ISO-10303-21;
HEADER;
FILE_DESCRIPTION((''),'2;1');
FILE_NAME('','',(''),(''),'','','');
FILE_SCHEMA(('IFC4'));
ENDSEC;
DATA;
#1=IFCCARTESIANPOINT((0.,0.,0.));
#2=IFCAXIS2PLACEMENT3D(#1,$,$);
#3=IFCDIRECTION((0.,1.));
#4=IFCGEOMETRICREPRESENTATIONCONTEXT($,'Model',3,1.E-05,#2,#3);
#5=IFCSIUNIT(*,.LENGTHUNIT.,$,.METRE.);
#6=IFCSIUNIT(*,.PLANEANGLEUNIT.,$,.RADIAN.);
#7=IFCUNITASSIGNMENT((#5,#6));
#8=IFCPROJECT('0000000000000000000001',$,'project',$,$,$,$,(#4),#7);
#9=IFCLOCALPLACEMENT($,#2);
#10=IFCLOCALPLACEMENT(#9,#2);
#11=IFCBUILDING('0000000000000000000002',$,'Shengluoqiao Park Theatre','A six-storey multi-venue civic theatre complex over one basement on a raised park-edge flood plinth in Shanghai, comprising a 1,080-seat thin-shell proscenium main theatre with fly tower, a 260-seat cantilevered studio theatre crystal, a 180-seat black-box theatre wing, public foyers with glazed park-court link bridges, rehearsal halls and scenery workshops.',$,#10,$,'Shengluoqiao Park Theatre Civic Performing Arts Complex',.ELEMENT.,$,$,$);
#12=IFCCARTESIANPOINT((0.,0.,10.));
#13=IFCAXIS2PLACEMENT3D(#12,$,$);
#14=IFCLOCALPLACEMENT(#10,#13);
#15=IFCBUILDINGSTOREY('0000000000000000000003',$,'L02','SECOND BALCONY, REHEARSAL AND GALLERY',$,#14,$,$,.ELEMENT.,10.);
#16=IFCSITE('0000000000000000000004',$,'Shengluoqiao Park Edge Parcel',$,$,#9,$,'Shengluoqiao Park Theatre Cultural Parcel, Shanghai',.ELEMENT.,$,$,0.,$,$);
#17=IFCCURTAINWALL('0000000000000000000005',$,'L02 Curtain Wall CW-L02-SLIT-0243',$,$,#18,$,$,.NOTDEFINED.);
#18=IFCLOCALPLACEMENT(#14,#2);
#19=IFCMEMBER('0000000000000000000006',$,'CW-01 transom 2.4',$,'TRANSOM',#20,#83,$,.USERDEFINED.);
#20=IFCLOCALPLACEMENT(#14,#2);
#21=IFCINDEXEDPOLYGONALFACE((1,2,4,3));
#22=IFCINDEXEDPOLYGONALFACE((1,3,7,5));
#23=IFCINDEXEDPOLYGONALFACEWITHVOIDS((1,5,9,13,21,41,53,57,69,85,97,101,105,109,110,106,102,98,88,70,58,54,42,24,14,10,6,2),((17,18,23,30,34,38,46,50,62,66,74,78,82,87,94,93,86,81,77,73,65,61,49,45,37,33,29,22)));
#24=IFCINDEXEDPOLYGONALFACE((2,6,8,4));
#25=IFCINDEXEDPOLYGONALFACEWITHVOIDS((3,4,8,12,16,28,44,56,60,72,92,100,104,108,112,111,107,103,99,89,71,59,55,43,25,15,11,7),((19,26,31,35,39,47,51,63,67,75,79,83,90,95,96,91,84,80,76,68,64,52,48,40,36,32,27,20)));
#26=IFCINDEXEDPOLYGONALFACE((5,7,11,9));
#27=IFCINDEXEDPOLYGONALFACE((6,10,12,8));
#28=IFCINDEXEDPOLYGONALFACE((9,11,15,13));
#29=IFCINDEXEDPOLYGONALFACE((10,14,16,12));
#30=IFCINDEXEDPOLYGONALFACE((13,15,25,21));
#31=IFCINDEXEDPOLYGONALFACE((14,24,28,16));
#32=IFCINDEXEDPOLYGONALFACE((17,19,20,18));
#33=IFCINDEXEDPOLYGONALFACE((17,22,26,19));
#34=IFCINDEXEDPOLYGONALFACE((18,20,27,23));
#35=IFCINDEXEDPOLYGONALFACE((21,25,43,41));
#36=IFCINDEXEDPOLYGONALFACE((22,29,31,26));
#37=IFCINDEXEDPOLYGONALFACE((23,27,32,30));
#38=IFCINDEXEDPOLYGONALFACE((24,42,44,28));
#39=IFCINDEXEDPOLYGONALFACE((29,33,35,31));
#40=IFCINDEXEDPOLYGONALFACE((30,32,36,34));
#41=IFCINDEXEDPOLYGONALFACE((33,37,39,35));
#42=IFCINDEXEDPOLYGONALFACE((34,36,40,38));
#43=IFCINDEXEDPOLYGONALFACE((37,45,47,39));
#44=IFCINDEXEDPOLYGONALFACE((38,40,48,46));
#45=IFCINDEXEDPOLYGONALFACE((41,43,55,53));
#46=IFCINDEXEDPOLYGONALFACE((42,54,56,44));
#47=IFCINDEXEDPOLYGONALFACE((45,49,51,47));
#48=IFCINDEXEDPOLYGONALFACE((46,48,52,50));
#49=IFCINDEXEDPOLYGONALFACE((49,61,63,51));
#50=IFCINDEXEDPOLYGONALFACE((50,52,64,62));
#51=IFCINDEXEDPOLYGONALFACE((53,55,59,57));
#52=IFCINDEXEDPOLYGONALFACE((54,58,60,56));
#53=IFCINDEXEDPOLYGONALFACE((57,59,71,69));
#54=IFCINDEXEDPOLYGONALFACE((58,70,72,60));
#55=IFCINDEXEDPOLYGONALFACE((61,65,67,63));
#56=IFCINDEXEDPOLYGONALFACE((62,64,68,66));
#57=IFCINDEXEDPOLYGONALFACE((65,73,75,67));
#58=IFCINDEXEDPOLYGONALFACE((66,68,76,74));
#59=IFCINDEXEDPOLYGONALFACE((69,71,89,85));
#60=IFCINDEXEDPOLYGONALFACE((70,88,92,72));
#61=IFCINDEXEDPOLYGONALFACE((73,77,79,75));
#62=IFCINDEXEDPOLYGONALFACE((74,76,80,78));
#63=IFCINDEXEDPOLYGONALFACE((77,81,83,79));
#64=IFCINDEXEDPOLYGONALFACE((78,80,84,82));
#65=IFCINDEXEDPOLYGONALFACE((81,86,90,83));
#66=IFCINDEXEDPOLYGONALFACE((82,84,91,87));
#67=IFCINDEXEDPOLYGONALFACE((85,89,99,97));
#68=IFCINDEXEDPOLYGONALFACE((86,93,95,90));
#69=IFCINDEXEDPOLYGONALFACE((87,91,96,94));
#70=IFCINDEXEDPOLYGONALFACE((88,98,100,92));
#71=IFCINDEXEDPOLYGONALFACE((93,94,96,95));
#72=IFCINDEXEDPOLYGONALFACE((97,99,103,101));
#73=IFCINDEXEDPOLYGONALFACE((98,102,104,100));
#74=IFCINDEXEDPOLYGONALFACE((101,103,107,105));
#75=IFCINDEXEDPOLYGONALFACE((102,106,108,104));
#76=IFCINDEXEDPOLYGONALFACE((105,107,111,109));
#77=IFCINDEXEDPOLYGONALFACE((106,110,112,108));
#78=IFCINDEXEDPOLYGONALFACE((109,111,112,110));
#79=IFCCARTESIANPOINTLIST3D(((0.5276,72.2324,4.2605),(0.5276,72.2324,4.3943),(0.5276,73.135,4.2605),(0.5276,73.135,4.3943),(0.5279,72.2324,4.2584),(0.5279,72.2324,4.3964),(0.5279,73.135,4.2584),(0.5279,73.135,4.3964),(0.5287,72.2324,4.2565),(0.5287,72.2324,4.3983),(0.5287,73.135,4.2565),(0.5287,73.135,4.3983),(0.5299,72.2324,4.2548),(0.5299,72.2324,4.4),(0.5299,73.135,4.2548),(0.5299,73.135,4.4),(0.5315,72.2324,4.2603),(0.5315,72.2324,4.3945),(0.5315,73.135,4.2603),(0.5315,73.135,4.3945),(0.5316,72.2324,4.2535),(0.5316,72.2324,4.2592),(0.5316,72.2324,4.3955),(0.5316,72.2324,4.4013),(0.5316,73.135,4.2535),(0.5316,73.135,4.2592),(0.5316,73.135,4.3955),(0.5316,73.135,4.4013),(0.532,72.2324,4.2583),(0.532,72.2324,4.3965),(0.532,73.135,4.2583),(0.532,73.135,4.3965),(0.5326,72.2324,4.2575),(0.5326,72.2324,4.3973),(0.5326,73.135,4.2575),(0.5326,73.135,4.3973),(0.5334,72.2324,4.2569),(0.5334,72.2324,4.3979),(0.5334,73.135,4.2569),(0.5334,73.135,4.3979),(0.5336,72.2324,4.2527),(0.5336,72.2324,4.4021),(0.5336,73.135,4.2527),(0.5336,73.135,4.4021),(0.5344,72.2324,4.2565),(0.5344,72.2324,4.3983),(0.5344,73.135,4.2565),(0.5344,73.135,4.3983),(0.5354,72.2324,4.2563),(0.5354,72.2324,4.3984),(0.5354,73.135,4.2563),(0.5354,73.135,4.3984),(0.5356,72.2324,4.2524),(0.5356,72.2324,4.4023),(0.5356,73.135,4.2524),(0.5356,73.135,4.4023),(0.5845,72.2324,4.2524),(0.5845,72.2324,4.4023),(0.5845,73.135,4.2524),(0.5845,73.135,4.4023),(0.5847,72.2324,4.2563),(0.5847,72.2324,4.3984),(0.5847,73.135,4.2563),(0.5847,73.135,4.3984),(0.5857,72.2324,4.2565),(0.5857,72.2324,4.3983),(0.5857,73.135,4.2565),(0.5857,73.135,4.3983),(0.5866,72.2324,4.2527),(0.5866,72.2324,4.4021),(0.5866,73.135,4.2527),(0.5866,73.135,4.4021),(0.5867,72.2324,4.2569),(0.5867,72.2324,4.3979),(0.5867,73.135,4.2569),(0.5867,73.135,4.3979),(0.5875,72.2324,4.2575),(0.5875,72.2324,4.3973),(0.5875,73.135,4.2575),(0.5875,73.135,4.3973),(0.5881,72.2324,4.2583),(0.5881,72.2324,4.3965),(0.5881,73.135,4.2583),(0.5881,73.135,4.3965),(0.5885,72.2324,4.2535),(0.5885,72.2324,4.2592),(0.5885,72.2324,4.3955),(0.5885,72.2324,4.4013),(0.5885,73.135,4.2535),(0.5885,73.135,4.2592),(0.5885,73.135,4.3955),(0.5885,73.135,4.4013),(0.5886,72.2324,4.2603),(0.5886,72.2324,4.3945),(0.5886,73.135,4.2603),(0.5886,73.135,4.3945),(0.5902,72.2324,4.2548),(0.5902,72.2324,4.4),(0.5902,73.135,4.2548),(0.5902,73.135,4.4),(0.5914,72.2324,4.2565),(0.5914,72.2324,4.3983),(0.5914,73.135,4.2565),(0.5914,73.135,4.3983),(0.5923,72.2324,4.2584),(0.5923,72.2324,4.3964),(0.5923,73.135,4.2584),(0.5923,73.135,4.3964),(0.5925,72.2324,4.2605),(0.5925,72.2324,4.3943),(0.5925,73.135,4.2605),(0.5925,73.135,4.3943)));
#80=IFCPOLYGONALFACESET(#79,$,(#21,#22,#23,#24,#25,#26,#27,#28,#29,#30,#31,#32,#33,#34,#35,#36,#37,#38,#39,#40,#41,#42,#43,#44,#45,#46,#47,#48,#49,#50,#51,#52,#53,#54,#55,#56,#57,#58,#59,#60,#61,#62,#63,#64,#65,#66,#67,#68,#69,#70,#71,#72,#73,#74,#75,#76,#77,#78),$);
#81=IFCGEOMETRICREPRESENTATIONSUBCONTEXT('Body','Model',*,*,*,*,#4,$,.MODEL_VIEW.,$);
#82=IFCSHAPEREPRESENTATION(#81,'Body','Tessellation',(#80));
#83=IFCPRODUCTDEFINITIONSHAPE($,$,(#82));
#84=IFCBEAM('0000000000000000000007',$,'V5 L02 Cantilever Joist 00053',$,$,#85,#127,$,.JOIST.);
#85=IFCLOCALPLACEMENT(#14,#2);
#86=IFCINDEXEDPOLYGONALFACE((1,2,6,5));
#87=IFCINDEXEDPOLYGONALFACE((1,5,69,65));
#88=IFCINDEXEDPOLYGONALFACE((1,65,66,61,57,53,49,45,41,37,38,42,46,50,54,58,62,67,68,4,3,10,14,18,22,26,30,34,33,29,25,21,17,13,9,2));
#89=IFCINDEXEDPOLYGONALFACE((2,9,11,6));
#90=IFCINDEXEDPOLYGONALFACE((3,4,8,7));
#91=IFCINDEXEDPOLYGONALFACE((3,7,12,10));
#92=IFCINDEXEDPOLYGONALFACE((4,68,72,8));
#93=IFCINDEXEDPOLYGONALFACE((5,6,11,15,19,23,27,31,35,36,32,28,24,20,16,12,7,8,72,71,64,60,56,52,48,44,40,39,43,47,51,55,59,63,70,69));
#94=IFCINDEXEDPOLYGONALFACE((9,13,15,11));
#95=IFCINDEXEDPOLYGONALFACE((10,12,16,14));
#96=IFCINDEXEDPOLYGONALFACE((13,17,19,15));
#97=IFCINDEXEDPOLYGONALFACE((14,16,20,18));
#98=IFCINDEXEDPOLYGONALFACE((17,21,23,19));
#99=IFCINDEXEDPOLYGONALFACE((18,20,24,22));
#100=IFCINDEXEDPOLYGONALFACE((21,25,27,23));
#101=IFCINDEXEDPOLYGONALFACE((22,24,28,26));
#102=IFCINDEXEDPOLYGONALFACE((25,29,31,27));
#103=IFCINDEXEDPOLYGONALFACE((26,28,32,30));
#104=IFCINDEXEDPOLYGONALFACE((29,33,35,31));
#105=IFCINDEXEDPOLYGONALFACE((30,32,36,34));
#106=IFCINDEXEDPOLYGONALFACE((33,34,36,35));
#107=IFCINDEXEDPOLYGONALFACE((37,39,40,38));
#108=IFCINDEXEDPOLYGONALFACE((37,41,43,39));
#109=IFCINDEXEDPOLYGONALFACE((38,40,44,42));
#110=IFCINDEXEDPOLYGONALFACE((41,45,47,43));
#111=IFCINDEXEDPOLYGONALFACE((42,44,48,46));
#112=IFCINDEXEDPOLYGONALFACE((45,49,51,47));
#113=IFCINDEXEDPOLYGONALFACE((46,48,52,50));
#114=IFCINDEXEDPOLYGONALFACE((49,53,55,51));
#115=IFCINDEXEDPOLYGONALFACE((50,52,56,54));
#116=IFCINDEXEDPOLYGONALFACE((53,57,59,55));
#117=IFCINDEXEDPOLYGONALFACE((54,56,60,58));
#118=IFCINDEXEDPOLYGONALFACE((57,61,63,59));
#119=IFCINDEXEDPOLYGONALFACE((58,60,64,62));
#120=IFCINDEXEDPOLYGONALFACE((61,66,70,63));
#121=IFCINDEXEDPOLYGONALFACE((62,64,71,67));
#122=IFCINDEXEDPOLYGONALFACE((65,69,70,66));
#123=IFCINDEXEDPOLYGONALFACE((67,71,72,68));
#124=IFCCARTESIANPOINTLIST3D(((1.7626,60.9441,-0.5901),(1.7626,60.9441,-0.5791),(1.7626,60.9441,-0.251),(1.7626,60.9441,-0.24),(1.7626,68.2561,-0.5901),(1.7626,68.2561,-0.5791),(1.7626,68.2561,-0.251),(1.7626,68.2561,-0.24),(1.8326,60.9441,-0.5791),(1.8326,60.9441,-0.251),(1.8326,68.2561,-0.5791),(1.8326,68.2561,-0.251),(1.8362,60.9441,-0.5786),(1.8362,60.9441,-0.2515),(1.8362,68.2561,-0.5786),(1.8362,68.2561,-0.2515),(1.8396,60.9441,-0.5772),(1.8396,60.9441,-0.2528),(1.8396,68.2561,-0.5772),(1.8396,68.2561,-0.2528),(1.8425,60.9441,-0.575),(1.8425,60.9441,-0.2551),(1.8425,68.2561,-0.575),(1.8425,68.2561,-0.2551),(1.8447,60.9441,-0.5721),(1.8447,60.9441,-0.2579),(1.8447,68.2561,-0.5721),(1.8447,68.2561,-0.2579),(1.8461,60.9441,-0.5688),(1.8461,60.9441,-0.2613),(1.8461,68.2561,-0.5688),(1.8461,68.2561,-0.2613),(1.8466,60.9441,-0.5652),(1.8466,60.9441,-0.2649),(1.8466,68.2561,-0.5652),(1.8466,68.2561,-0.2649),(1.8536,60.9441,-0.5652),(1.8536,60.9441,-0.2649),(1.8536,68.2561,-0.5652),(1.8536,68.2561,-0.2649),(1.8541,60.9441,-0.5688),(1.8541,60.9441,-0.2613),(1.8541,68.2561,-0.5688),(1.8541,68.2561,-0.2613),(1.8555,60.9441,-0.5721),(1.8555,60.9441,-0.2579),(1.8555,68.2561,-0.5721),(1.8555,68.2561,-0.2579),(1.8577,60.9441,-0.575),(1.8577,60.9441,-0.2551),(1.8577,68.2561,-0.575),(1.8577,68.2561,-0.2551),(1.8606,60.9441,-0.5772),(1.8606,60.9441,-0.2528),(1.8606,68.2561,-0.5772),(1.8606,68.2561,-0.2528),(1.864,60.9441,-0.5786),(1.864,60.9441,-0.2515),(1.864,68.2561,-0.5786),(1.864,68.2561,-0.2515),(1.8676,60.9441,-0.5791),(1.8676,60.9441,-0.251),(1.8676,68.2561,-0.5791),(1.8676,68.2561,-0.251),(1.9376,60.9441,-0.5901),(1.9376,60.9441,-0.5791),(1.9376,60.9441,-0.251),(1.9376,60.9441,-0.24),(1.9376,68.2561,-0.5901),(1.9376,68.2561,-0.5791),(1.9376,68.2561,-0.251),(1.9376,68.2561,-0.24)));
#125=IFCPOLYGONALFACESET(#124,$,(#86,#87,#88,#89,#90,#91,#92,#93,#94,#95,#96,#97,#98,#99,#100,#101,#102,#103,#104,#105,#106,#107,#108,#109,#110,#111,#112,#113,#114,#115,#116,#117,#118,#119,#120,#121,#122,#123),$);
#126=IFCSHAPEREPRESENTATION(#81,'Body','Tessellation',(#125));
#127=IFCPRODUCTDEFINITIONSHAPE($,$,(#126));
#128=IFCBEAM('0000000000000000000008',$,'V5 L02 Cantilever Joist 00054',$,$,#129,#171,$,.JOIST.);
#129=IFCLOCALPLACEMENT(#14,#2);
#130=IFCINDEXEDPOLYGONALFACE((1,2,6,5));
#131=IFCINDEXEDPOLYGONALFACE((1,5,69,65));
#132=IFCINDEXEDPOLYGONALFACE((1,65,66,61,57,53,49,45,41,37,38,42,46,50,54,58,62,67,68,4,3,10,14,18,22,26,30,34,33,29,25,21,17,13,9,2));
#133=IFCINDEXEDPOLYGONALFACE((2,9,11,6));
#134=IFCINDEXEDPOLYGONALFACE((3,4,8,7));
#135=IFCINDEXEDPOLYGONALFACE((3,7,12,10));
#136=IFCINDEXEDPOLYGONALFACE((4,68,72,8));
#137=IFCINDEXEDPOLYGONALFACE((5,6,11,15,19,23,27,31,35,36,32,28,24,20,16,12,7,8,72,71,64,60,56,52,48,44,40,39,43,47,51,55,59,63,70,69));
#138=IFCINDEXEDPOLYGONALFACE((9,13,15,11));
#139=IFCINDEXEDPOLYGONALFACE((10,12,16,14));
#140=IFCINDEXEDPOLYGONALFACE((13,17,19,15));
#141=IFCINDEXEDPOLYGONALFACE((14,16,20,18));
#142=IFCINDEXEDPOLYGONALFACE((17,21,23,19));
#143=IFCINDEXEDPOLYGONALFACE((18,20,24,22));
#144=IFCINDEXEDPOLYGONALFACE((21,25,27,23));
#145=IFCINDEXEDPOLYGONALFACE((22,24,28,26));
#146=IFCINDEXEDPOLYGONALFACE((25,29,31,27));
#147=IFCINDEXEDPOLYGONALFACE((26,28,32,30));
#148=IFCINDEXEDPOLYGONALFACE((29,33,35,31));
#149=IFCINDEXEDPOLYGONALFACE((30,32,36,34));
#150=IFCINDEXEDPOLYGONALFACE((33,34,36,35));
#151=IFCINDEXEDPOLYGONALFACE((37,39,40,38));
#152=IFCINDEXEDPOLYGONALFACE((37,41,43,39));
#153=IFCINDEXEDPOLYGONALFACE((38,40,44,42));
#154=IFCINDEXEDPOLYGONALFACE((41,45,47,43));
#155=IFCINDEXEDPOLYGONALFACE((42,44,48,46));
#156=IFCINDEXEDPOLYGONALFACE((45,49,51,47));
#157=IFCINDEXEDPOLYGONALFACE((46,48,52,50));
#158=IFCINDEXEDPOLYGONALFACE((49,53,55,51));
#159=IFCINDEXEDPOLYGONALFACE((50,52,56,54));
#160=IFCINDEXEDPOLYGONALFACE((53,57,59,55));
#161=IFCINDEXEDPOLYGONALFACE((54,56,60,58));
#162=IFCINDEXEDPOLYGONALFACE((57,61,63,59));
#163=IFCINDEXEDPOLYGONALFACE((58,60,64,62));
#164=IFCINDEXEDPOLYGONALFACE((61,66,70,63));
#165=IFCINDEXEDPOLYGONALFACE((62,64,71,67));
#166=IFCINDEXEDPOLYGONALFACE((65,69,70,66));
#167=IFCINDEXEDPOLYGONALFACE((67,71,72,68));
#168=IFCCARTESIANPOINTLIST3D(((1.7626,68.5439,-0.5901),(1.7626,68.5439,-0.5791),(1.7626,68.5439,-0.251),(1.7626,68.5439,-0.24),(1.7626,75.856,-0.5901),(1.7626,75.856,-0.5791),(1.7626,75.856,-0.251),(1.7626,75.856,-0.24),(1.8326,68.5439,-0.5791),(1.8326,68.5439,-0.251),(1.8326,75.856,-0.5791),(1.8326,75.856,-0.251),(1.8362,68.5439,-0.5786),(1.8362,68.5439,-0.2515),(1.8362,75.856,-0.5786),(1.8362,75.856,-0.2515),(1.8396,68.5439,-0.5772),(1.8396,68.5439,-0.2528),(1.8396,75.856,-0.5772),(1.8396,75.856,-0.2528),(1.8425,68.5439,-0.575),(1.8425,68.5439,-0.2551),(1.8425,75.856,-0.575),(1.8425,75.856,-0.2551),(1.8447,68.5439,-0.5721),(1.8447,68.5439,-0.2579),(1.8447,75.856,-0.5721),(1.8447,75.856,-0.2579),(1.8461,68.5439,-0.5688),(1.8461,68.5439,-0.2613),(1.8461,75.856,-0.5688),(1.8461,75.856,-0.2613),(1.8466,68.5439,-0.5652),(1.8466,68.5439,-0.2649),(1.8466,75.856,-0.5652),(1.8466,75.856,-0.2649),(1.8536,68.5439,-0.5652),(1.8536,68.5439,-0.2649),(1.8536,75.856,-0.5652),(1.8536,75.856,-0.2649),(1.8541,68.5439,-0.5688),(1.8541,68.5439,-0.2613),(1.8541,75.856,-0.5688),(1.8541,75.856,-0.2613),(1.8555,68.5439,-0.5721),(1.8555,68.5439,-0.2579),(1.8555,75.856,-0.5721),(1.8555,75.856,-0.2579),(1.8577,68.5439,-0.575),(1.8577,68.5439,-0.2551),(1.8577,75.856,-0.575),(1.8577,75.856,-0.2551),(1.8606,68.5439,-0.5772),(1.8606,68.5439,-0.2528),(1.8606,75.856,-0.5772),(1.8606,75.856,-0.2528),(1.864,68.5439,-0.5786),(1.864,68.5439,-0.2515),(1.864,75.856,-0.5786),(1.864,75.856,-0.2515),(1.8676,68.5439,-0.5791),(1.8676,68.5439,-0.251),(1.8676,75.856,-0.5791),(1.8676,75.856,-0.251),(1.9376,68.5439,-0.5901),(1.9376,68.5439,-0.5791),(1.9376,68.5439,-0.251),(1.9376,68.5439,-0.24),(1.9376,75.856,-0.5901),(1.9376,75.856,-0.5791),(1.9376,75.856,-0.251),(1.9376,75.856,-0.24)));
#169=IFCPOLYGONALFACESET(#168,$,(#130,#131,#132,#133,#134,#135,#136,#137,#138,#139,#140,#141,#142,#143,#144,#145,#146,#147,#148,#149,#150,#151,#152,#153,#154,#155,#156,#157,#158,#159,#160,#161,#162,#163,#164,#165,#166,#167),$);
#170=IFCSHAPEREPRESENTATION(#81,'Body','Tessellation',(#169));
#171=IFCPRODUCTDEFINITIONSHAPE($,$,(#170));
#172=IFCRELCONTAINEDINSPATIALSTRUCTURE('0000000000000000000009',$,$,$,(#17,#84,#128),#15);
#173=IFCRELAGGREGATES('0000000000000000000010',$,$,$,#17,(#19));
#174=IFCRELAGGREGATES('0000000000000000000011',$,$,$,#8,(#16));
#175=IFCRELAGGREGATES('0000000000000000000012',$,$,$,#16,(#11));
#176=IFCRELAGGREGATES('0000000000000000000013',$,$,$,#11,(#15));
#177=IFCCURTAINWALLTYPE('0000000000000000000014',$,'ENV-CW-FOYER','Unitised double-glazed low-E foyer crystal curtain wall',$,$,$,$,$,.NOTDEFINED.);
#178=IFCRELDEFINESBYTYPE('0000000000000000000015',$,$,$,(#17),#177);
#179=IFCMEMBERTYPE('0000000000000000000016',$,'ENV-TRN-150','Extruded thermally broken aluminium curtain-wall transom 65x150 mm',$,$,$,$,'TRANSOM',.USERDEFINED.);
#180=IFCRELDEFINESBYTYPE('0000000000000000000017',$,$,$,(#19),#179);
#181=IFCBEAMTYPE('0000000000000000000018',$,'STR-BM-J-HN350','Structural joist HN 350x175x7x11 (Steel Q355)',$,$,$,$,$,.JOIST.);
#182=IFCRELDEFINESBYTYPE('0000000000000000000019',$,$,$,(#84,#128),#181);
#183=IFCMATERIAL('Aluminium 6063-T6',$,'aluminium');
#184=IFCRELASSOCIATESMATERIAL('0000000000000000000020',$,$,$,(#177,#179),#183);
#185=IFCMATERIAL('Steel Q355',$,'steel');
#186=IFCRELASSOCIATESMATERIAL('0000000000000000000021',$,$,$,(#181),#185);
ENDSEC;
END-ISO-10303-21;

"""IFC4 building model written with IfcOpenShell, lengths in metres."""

from ifc_helpers import new_model, si_unit, direction, frame, origin, origin_2d, place, context, subcontext, project, spatial, hollow_rectangle, i_section, extrude, material, material_profile, profile_set, type_object, element, aggregate, save


model = new_model("IFC4")

# Units and contexts
model_context = context("Model", 3, precision=1e-05, world=origin(), true_north=direction((0.0, 1.0)))
body_context = subcontext(model_context, "Body", "Model", "MODEL_VIEW")
ifc_project = project(units=[si_unit("LENGTHUNIT", "METRE"), si_unit("PLANEANGLEUNIT", "RADIAN")], contexts=[model_context])

# Site, building, storey
site_placement = place(None, origin())
site = spatial("IfcSite", under=ifc_project, at=site_placement, Name="Shengluoqiao Park Edge Parcel", LongName="Shengluoqiao Park Theatre Cultural Parcel, Shanghai", CompositionType="ELEMENT", RefElevation=0.0)
building_placement = place(site_placement, origin())
building = spatial("IfcBuilding", under=site, at=building_placement, Name="Shengluoqiao Park Theatre", Description="A six-storey multi-venue civic theatre complex over one basement on a raised park-edge flood plinth in Shanghai, comprising a 1,080-seat thin-shell proscenium main theatre with fly tower, a 260-seat cantilevered studio theatre crystal, a 180-seat black-box theatre wing, public foyers with glazed park-court link bridges, rehearsal halls and scenery workshops.", LongName="Shengluoqiao Park Theatre Civic Performing Arts Complex", CompositionType="ELEMENT")
storey_placement = place(building_placement, frame((0.0, 0.0, 10.0)))
storey = spatial("IfcBuildingStorey", under=building, at=storey_placement, Name="L02", Description="SECOND BALCONY, REHEARSAL AND GALLERY", CompositionType="ELEMENT", Elevation=10.0)

# Shared definitions
ifc_material_1 = material(Name="Aluminium 6063-T6", Category="aluminium")
curtain_wall_type = type_object("IfcCurtainWallType", Name="ENV-CW-FOYER", Description="Unitised double-glazed low-E foyer crystal curtain wall", PredefinedType="NOTDEFINED", material=ifc_material_1)

# Curtain wall, member
curtain_wall_1_placement = place(storey_placement, origin())
curtain_wall_1 = element("IfcCurtainWall", 1, at=curtain_wall_1_placement, inside=storey, type_object=curtain_wall_type, Name="L02 Curtain Wall CW-L02-SLIT-0243", PredefinedType="NOTDEFINED")
ifc_material_profile_1 = material_profile(ifc_material_1, hollow_rectangle(XDim=0.0649, YDim=0.1499, WallThickness=0.0039, InnerFilletRadius=0.0039, OuterFilletRadius=0.0081, at=origin_2d()), Name="ALU TRANSOM 150x65x4")
ifc_profile_set_1 = profile_set([ifc_material_profile_1], Name="Aluminium 6063-T6")
member_type_1 = type_object("IfcMemberType", Name="ENV-TRN-150", Description="Extruded thermally broken aluminium curtain-wall transom 65x150 mm", ElementType="TRANSOM", PredefinedType="USERDEFINED", material=ifc_profile_set_1)
member_1_placement = place(storey_placement, frame((0.5601, 72.2324, 4.3274), z_axis=(0.0, 1.0, 0.0), x_axis=(-1.0, 0.0, 0.0)))
member_1 = element("IfcMember", 2, at=member_1_placement, type_object=member_type_1, Name="CW-01 transom 2.4", ObjectType="TRANSOM", PredefinedType="USERDEFINED", context=body_context, shape_type="SweptSolid", body=[
    extrude(hollow_rectangle(XDim=0.0649, YDim=0.1499, WallThickness=0.0039, InnerFilletRadius=0.0039, OuterFilletRadius=0.0081, at=origin_2d()), origin(), (0.0, 0.0, 1.0), 0.9026),
])

# Beams
ifc_material_2 = material(Name="Steel Q355", Category="steel")
ifc_material_profile_2 = material_profile(ifc_material_2, i_section(OverallWidth=0.175, OverallDepth=0.3501, WebThickness=0.0071, FlangeThickness=0.011, FilletRadius=0.0139, at=origin_2d()), Name="HN 350x175x7x11")
ifc_profile_set_2 = profile_set([ifc_material_profile_2], Name="Steel Q355")
beam_type_1 = type_object("IfcBeamType", Name="STR-BM-J-HN350", Description="Structural joist HN 350x175x7x11 (Steel Q355)", PredefinedType="JOIST", material=ifc_profile_set_2)
for number, where, z_axis, x_axis, name in (
    (3, (1.8501, 60.9441, -0.415), (0.0, 1.0, 0.0), (-1.0, 0.0, 0.0), "V5 L02 Cantilever Joist 00053"),
    (4, (1.8501, 68.5439, -0.415), (0.0, 1.0, 0.0), (-1.0, 0.0, 0.0), "V5 L02 Cantilever Joist 00054"),
):
    element("IfcBeam", number, at=place(storey_placement, frame(where, z_axis=z_axis, x_axis=x_axis)), inside=storey, type_object=beam_type_1, Name=name, PredefinedType="JOIST", context=body_context, shape_type="SweptSolid", body=[
        extrude(i_section(OverallWidth=0.175, OverallDepth=0.3501, WebThickness=0.0071, FlangeThickness=0.011, FilletRadius=0.0139, at=origin_2d()), origin(), (0.0, 0.0, 1.0), 7.312),
    ])

aggregate(curtain_wall_1, [member_1])

save(model, "model.ifc")
